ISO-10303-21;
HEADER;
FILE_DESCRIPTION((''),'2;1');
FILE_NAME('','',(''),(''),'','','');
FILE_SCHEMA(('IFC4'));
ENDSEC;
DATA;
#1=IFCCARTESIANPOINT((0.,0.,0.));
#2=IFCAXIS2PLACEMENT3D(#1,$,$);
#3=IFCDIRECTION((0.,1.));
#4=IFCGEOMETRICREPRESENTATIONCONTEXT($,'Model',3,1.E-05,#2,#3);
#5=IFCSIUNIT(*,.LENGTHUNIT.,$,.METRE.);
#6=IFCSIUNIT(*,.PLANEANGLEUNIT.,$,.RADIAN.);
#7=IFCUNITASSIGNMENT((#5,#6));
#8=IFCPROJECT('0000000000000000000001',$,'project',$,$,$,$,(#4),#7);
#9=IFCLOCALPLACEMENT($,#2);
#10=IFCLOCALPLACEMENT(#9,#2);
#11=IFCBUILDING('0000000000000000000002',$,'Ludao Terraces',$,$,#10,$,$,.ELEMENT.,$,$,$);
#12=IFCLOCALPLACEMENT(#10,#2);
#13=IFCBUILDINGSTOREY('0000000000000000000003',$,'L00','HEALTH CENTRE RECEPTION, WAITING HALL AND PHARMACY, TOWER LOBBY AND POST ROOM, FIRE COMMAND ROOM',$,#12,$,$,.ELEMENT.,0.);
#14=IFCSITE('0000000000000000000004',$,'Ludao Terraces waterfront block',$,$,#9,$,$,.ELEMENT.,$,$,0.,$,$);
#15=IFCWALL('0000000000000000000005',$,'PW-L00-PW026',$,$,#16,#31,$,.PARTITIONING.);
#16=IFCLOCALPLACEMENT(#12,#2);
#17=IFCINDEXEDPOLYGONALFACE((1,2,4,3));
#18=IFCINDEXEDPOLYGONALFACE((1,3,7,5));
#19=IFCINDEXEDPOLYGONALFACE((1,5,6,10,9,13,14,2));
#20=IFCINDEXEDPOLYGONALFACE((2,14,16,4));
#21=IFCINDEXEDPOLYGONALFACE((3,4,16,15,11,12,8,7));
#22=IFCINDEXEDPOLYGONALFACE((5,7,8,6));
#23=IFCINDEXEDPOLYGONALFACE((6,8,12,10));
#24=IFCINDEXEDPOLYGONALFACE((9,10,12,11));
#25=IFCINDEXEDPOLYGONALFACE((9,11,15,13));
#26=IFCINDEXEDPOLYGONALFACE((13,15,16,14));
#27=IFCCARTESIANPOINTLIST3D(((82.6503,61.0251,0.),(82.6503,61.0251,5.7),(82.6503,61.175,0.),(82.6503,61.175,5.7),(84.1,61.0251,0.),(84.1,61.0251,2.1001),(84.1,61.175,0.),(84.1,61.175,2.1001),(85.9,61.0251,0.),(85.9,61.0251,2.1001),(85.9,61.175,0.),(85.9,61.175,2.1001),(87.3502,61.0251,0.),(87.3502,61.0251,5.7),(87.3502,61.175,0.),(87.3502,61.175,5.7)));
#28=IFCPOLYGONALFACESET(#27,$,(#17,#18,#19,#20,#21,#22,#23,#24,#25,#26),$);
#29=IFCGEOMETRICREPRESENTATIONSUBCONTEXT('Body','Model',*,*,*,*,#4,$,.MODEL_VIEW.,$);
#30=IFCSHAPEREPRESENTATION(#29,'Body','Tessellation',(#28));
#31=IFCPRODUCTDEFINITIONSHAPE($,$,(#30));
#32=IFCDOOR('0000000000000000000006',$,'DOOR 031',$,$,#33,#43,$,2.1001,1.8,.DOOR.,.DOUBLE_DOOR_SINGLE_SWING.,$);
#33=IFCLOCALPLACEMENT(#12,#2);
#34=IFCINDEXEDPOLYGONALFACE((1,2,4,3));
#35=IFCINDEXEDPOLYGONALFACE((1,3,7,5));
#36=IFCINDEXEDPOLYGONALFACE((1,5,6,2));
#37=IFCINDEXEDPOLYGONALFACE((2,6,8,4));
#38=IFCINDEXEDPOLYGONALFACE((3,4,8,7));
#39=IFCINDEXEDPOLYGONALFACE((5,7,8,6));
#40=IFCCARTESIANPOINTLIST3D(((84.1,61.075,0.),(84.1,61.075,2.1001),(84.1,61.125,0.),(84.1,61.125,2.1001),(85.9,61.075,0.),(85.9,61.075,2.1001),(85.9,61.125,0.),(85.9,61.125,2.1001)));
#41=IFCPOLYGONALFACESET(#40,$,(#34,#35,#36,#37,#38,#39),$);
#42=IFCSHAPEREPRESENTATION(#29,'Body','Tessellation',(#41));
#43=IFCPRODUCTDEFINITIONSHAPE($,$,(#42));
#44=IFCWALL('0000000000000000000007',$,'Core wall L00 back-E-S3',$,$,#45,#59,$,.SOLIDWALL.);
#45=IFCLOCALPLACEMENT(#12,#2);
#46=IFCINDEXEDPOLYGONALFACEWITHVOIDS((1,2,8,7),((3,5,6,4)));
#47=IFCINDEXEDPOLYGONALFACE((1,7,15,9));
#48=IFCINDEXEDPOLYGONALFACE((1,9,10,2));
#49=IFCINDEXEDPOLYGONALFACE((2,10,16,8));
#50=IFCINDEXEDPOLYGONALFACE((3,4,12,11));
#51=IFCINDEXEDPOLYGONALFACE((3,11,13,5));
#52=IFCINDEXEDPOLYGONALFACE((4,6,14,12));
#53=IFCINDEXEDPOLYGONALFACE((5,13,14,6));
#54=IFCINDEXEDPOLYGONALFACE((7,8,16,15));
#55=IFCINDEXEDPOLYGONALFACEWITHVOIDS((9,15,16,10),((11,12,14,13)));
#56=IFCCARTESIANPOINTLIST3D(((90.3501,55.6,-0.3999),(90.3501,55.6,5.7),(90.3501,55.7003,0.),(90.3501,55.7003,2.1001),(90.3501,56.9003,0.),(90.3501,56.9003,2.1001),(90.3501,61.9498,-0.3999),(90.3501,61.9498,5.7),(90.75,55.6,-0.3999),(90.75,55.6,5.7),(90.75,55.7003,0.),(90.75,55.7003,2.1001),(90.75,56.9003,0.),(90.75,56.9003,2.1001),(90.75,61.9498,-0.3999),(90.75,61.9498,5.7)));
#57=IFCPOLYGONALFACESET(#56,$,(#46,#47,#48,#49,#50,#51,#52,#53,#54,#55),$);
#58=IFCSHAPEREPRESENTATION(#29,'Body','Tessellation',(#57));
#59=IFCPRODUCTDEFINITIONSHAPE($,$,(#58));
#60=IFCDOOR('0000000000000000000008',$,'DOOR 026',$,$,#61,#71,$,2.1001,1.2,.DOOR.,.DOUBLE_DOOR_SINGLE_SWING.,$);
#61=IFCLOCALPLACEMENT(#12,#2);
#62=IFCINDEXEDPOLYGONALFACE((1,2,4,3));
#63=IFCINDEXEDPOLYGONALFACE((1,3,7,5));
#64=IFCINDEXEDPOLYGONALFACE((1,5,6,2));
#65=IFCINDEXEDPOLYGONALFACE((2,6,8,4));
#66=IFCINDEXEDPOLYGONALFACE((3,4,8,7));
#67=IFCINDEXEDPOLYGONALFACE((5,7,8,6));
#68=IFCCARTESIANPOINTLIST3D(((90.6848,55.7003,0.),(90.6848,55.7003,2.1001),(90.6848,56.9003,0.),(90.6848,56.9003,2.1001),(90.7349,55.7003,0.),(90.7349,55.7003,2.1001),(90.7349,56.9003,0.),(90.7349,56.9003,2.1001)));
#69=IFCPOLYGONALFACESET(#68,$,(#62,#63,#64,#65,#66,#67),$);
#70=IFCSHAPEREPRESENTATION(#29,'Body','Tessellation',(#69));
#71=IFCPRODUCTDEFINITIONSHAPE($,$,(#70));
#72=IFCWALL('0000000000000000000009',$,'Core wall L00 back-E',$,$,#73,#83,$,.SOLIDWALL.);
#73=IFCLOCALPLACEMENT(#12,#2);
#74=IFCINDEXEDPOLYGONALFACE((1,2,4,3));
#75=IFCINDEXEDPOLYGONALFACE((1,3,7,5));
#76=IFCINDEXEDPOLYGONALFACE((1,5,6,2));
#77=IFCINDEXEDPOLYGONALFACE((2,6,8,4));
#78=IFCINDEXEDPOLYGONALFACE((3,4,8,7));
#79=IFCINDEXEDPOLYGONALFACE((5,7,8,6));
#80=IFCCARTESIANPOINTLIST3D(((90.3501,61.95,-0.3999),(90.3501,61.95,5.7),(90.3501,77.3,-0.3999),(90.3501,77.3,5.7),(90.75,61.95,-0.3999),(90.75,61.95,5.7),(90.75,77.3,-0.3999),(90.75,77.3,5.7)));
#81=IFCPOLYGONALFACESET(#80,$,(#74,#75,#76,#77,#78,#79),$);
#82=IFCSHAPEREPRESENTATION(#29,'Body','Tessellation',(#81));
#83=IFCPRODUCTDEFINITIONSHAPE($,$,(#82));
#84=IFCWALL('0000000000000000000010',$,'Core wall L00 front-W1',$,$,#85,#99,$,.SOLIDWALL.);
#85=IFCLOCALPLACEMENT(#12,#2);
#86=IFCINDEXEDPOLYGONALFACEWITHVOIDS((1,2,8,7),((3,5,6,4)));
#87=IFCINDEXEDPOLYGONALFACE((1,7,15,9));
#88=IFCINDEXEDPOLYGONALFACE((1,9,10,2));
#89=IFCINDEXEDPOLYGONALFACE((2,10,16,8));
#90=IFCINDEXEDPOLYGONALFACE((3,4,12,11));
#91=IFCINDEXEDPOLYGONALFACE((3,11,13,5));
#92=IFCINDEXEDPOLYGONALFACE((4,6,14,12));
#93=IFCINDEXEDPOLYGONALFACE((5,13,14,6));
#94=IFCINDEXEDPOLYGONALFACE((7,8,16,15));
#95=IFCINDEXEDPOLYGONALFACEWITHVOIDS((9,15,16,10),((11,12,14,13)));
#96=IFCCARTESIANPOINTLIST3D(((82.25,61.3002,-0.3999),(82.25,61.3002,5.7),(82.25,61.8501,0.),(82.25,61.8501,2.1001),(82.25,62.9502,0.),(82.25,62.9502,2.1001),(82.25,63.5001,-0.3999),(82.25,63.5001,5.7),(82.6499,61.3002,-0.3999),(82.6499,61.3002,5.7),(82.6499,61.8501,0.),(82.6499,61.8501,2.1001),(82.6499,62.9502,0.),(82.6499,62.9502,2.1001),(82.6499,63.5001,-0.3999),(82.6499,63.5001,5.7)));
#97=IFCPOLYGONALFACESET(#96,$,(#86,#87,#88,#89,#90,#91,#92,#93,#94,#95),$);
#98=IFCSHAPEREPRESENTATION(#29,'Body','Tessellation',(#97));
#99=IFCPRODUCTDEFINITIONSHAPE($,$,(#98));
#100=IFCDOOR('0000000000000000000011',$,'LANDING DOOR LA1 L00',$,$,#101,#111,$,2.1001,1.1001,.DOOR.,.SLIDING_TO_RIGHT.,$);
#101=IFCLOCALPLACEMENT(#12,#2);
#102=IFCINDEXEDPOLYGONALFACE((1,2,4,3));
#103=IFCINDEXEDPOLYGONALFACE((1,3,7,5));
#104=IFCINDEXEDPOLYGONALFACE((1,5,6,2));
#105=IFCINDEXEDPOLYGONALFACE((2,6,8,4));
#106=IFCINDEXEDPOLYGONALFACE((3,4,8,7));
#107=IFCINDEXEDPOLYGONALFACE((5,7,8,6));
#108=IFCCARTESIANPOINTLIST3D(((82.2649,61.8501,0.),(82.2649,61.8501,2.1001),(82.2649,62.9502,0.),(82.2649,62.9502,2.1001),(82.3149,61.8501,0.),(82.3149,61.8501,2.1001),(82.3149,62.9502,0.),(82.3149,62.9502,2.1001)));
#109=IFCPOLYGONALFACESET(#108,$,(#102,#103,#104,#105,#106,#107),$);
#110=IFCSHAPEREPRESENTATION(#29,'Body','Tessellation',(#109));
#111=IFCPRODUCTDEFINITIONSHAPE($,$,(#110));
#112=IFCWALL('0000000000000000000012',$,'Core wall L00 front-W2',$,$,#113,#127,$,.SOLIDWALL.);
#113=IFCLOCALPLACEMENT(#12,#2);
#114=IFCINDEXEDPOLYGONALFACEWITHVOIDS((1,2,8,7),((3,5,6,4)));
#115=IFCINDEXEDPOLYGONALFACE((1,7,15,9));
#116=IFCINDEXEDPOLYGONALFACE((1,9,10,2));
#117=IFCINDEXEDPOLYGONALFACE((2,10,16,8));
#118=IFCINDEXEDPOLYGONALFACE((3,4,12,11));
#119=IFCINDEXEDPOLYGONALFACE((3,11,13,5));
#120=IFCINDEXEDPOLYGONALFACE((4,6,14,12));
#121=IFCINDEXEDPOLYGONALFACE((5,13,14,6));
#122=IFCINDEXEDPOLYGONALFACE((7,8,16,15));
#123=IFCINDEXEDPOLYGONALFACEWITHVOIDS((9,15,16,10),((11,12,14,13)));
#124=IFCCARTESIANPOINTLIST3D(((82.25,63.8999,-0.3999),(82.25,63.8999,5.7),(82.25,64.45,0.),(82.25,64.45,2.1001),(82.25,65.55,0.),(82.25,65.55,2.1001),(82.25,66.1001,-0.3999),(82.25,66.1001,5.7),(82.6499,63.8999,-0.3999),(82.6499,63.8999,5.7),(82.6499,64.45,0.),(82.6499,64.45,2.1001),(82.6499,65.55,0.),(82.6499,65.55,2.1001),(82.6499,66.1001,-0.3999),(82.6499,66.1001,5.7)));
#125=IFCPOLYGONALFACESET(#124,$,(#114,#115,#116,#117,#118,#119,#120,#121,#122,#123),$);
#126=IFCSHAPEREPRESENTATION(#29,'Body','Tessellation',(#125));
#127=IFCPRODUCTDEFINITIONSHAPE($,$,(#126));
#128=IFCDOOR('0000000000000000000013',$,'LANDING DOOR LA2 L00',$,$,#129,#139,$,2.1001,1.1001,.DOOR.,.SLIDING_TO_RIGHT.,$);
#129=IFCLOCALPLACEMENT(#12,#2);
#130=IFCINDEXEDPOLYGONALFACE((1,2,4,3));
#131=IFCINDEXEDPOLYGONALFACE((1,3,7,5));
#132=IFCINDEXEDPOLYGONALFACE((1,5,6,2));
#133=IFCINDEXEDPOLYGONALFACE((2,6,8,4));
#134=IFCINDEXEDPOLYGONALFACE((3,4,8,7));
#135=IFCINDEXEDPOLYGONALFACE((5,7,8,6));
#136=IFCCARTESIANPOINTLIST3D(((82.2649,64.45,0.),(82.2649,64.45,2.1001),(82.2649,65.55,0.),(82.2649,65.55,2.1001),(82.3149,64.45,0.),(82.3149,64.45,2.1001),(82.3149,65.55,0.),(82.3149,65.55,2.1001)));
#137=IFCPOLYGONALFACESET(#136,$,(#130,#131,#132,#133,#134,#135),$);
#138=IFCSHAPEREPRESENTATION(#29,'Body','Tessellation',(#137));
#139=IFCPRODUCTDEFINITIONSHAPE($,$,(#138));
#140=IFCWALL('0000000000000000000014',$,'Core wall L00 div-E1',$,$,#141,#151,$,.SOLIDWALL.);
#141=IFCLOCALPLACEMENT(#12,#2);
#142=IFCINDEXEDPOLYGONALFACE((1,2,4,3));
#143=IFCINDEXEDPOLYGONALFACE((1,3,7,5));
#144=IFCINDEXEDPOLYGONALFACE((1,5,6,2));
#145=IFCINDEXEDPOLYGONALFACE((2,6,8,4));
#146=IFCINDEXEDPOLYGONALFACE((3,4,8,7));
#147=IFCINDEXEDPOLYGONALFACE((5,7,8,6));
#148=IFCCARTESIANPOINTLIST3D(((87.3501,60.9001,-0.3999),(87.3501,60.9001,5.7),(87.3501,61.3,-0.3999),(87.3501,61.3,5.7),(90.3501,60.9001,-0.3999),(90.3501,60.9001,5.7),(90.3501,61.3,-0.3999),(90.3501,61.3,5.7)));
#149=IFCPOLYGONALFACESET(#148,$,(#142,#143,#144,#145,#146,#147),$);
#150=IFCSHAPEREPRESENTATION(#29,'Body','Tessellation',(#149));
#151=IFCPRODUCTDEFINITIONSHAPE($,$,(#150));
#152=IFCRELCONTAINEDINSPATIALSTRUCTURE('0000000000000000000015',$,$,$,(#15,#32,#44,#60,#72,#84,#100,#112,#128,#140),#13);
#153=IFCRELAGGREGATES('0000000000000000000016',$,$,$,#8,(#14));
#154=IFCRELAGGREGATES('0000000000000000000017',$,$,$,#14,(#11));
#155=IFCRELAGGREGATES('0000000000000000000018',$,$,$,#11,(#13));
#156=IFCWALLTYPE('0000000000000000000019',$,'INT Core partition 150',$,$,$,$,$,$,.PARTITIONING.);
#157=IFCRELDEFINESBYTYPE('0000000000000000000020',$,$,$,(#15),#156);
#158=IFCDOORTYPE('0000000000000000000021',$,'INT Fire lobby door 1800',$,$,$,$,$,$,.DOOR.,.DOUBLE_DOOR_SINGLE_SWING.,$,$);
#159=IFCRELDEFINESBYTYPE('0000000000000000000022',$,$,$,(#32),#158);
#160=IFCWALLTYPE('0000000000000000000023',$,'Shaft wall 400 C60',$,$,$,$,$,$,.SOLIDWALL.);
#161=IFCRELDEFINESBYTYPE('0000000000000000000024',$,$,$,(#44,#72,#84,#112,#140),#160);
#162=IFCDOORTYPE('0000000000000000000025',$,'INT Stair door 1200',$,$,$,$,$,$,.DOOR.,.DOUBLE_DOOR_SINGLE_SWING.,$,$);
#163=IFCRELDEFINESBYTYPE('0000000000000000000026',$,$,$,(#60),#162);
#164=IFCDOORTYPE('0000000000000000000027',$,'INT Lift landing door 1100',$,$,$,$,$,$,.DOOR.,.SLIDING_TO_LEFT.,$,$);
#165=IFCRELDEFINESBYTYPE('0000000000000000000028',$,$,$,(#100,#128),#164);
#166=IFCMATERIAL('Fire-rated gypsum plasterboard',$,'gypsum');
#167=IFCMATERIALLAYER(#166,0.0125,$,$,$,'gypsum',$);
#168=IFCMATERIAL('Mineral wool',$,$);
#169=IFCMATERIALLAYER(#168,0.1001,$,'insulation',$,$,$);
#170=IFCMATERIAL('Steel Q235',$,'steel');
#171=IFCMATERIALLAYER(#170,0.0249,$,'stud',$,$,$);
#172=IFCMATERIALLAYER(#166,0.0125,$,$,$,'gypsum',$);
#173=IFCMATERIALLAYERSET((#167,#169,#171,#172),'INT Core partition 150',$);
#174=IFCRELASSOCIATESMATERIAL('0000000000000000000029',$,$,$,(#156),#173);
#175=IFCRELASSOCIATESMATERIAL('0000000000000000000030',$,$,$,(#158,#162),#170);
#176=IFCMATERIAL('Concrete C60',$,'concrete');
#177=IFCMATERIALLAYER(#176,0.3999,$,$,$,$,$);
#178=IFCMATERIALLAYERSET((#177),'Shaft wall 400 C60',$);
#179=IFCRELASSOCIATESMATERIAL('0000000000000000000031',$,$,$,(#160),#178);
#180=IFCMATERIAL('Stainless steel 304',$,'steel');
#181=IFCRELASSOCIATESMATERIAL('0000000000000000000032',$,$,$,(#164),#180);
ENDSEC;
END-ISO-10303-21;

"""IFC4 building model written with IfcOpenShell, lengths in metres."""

from ifc_helpers import new_model, si_unit, direction, frame, frame_2d, origin, place, context, subcontext, project, spatial, rectangle, extrude, material, layer, layer_set, type_object, element, fill, save


model = new_model("IFC4")

# Units and contexts
model_context = context("Model", 3, precision=1e-05, world=origin(), true_north=direction((0.0, 1.0)))
body_context = subcontext(model_context, "Body", "Model", "MODEL_VIEW")
ifc_project = project(units=[si_unit("LENGTHUNIT", "METRE"), si_unit("PLANEANGLEUNIT", "RADIAN")], contexts=[model_context])

# Site, building, storey
site_placement = place(None, origin())
site = spatial("IfcSite", under=ifc_project, at=site_placement, Name="Ludao Terraces waterfront block", CompositionType="ELEMENT", RefElevation=0.0)
building_placement = place(site_placement, origin())
building = spatial("IfcBuilding", under=site, at=building_placement, Name="Ludao Terraces", CompositionType="ELEMENT")
storey_placement = place(building_placement, origin())
storey = spatial("IfcBuildingStorey", under=building, at=storey_placement, Name="L00", Description="HEALTH CENTRE RECEPTION, WAITING HALL AND PHARMACY, TOWER LOBBY AND POST ROOM, FIRE COMMAND ROOM", CompositionType="ELEMENT", Elevation=0.0)

# Walls, openings, doors
ifc_material_1 = material(Name="Fire-rated gypsum plasterboard", Category="gypsum")
ifc_layer_1 = layer(ifc_material_1, 0.0125, Category="gypsum")
ifc_material_2 = material(Name="Mineral wool")
ifc_layer_2 = layer(ifc_material_2, 0.1001, Name="insulation")
ifc_material_3 = material(Name="Steel Q235", Category="steel")
ifc_layer_3 = layer(ifc_material_3, 0.0249, Name="stud")
ifc_layer_4 = layer(ifc_material_1, 0.0125, Category="gypsum")
ifc_layer_set_1 = layer_set([ifc_layer_1, ifc_layer_2, ifc_layer_3, ifc_layer_4], Name="INT Core partition 150")
wall_type_1 = type_object("IfcWallType", Name="INT Core partition 150", PredefinedType="PARTITIONING", material=ifc_layer_set_1)
wall_1_placement = place(storey_placement, frame((82.6501, 61.1001, 0.0), z_axis=(0.0, 0.0, 1.0), x_axis=(1.0, 0.0, 0.0)))
wall_1 = element("IfcWall", 1, at=wall_1_placement, inside=storey, type_object=wall_type_1, Name="PW-L00-PW026", PredefinedType="PARTITIONING", context=body_context, shape_type="SweptSolid", body=[
    extrude(rectangle(XDim=4.7, YDim=0.1499, at=frame_2d((2.3501, 0.0))), origin(), (0.0, 0.0, 1.0), 5.7),
])
opening_1_placement = place(wall_1_placement, frame((1.45, 0.0, 0.0)))
opening_1 = element("IfcOpeningElement", 2, at=opening_1_placement, cuts=wall_1, PredefinedType="OPENING", context=body_context, shape_type="SweptSolid", body=[
    extrude(rectangle(XDim=1.8, YDim=2.1001, at=frame_2d((0.8999, 1.05))), frame((0.0, 0.085, 0.0), z_axis=(0.0, -1.0, 0.0), x_axis=(1.0, 0.0, 0.0)), (0.0, 0.0, 1.0), 0.1699),
])
door_type_1 = type_object("IfcDoorType", Name="INT Fire lobby door 1800", OperationType="DOUBLE_DOOR_SINGLE_SWING", PredefinedType="DOOR", material=ifc_material_3)
door_1_placement = place(opening_1_placement, origin())
door_1 = element("IfcDoor", 3, at=door_1_placement, inside=storey, type_object=door_type_1, Name="DOOR 031", OperationType="DOUBLE_DOOR_SINGLE_SWING", OverallHeight=2.1001, OverallWidth=1.8, PredefinedType="DOOR", context=body_context, shape_type="SweptSolid", body=[
    extrude(rectangle(XDim=1.8, YDim=2.1001, at=frame_2d((0.8999, 1.05))), frame((0.0, 0.0249, 0.0), z_axis=(0.0, -1.0, 0.0), x_axis=(1.0, 0.0, 0.0)), (0.0, 0.0, 1.0), 0.05),
])
fill(opening_1, door_1)
ifc_material_4 = material(Name="Concrete C60", Category="concrete")
ifc_layer_5 = layer(ifc_material_4, 0.3999)
ifc_layer_set_2 = layer_set([ifc_layer_5], Name="Shaft wall 400 C60")
wall_type_2 = type_object("IfcWallType", Name="Shaft wall 400 C60", PredefinedType="SOLIDWALL", material=ifc_layer_set_2)
wall_2_placement = place(storey_placement, frame((90.55, 55.6001, -0.3999), z_axis=(0.0, 0.0, 1.0), x_axis=(0.0, 1.0, 0.0)))
wall_2 = element("IfcWall", 4, at=wall_2_placement, inside=storey, type_object=wall_type_2, Name="Core wall L00 back-E-S3", PredefinedType="SOLIDWALL", context=body_context, shape_type="SweptSolid", body=[
    extrude(rectangle(XDim=6.3499, YDim=0.3999, at=frame_2d((3.1748, 0.0))), origin(), (0.0, 0.0, 1.0), 6.0999),
])
opening_2_placement = place(wall_2_placement, frame((0.1001, 0.0, 0.3999)))
opening_2 = element("IfcOpeningElement", 5, at=opening_2_placement, cuts=wall_2, PredefinedType="OPENING", context=body_context, shape_type="SweptSolid", body=[
    extrude(rectangle(XDim=1.2, YDim=2.1001, at=frame_2d((0.6001, 1.05))), frame((0.0, 0.21, 0.0), z_axis=(0.0, -1.0, 0.0), x_axis=(1.0, 0.0, 0.0)), (0.0, 0.0, 1.0), 0.4199),
])
door_type_2 = type_object("IfcDoorType", Name="INT Stair door 1200", OperationType="DOUBLE_DOOR_SINGLE_SWING", PredefinedType="DOOR", material=ifc_material_3)
door_2_placement = place(opening_2_placement, origin())
door_2 = element("IfcDoor", 6, at=door_2_placement, inside=storey, type_object=door_type_2, Name="DOOR 026", OperationType="DOUBLE_DOOR_SINGLE_SWING", OverallHeight=2.1001, OverallWidth=1.2, PredefinedType="DOOR", context=body_context, shape_type="SweptSolid", body=[
    extrude(rectangle(XDim=1.2, YDim=2.1001, at=frame_2d((0.6001, 1.05))), frame((0.0, -0.1348, 0.0), z_axis=(0.0, -1.0, 0.0), x_axis=(1.0, 0.0, 0.0)), (0.0, 0.0, 1.0), 0.05),
])
fill(opening_2, door_2)

# Wall
wall_3_placement = place(storey_placement, frame((90.55, 61.95, -0.3999), z_axis=(0.0, 0.0, 1.0), x_axis=(0.0, 1.0, 0.0)))
element("IfcWall", 7, at=wall_3_placement, inside=storey, type_object=wall_type_2, Name="Core wall L00 back-E", PredefinedType="SOLIDWALL", context=body_context, shape_type="SweptSolid", body=[
    extrude(rectangle(XDim=15.3501, YDim=0.3999, at=frame_2d((7.675, 0.0))), origin(), (0.0, 0.0, 1.0), 6.0999),
])

# Walls, openings, doors
wall_4_placement = place(storey_placement, frame((82.45, 61.3, -0.3999), z_axis=(0.0, 0.0, 1.0), x_axis=(0.0, 1.0, 0.0)))
wall_4 = element("IfcWall", 8, at=wall_4_placement, inside=storey, type_object=wall_type_2, Name="Core wall L00 front-W1", PredefinedType="SOLIDWALL", context=body_context, shape_type="SweptSolid", body=[
    extrude(rectangle(XDim=2.2, YDim=0.3999, at=frame_2d((1.1001, 0.0))), origin(), (0.0, 0.0, 1.0), 6.0999),
])
opening_3_placement = place(wall_4_placement, frame((0.55, 0.0, 0.3999)))
opening_3 = element("IfcOpeningElement", 9, at=opening_3_placement, cuts=wall_4, PredefinedType="OPENING", context=body_context, shape_type="SweptSolid", body=[
    extrude(rectangle(XDim=1.1001, YDim=2.1001, at=frame_2d((0.55, 1.05))), frame((0.0, 0.21, 0.0), z_axis=(0.0, -1.0, 0.0), x_axis=(1.0, 0.0, 0.0)), (0.0, 0.0, 1.0), 0.4199),
])
ifc_material_5 = material(Name="Stainless steel 304", Category="steel")
door_type_3 = type_object("IfcDoorType", Name="INT Lift landing door 1100", OperationType="SLIDING_TO_LEFT", PredefinedType="DOOR", material=ifc_material_5)
door_3_placement = place(opening_3_placement, origin())
door_3 = element("IfcDoor", 10, at=door_3_placement, inside=storey, type_object=door_type_3, Name="LANDING DOOR LA1 L00", OperationType="SLIDING_TO_RIGHT", OverallHeight=2.1001, OverallWidth=1.1001, PredefinedType="DOOR", context=body_context, shape_type="SweptSolid", body=[
    extrude(rectangle(XDim=1.1001, YDim=2.1001, at=frame_2d((0.55, 1.05))), frame((0.0, 0.1851, 0.0), z_axis=(0.0, -1.0, 0.0), x_axis=(1.0, 0.0, 0.0)), (0.0, 0.0, 1.0), 0.05),
])
fill(opening_3, door_3)
wall_5_placement = place(storey_placement, frame((82.45, 63.8999, -0.3999), z_axis=(0.0, 0.0, 1.0), x_axis=(0.0, 1.0, 0.0)))
wall_5 = element("IfcWall", 11, at=wall_5_placement, inside=storey, type_object=wall_type_2, Name="Core wall L00 front-W2", PredefinedType="SOLIDWALL", context=body_context, shape_type="SweptSolid", body=[
    extrude(rectangle(XDim=2.2002, YDim=0.3999, at=frame_2d((1.1001, 0.0))), origin(), (0.0, 0.0, 1.0), 6.0999),
])
opening_4_placement = place(wall_5_placement, frame((0.55, 0.0, 0.3999)))
opening_4 = element("IfcOpeningElement", 12, at=opening_4_placement, cuts=wall_5, PredefinedType="OPENING", context=body_context, shape_type="SweptSolid", body=[
    extrude(rectangle(XDim=1.1001, YDim=2.1001, at=frame_2d((0.55, 1.05))), frame((0.0, 0.21, 0.0), z_axis=(0.0, -1.0, 0.0), x_axis=(1.0, 0.0, 0.0)), (0.0, 0.0, 1.0), 0.4199),
])
door_4_placement = place(opening_4_placement, origin())
door_4 = element("IfcDoor", 13, at=door_4_placement, inside=storey, type_object=door_type_3, Name="LANDING DOOR LA2 L00", OperationType="SLIDING_TO_RIGHT", OverallHeight=2.1001, OverallWidth=1.1001, PredefinedType="DOOR", context=body_context, shape_type="SweptSolid", body=[
    extrude(rectangle(XDim=1.1001, YDim=2.1001, at=frame_2d((0.55, 1.05))), frame((0.0, 0.1851, 0.0), z_axis=(0.0, -1.0, 0.0), x_axis=(1.0, 0.0, 0.0)), (0.0, 0.0, 1.0), 0.05),
])
fill(opening_4, door_4)

# Wall
wall_6_placement = place(storey_placement, frame((87.3501, 61.1001, -0.3999), z_axis=(0.0, 0.0, 1.0), x_axis=(1.0, 0.0, 0.0)))
element("IfcWall", 14, at=wall_6_placement, inside=storey, type_object=wall_type_2, Name="Core wall L00 div-E1", PredefinedType="SOLIDWALL", context=body_context, shape_type="SweptSolid", body=[
    extrude(rectangle(XDim=3.0, YDim=0.3999, at=frame_2d((1.5, 0.0))), origin(), (0.0, 0.0, 1.0), 6.0999),
])

save(model, "model.ifc")
